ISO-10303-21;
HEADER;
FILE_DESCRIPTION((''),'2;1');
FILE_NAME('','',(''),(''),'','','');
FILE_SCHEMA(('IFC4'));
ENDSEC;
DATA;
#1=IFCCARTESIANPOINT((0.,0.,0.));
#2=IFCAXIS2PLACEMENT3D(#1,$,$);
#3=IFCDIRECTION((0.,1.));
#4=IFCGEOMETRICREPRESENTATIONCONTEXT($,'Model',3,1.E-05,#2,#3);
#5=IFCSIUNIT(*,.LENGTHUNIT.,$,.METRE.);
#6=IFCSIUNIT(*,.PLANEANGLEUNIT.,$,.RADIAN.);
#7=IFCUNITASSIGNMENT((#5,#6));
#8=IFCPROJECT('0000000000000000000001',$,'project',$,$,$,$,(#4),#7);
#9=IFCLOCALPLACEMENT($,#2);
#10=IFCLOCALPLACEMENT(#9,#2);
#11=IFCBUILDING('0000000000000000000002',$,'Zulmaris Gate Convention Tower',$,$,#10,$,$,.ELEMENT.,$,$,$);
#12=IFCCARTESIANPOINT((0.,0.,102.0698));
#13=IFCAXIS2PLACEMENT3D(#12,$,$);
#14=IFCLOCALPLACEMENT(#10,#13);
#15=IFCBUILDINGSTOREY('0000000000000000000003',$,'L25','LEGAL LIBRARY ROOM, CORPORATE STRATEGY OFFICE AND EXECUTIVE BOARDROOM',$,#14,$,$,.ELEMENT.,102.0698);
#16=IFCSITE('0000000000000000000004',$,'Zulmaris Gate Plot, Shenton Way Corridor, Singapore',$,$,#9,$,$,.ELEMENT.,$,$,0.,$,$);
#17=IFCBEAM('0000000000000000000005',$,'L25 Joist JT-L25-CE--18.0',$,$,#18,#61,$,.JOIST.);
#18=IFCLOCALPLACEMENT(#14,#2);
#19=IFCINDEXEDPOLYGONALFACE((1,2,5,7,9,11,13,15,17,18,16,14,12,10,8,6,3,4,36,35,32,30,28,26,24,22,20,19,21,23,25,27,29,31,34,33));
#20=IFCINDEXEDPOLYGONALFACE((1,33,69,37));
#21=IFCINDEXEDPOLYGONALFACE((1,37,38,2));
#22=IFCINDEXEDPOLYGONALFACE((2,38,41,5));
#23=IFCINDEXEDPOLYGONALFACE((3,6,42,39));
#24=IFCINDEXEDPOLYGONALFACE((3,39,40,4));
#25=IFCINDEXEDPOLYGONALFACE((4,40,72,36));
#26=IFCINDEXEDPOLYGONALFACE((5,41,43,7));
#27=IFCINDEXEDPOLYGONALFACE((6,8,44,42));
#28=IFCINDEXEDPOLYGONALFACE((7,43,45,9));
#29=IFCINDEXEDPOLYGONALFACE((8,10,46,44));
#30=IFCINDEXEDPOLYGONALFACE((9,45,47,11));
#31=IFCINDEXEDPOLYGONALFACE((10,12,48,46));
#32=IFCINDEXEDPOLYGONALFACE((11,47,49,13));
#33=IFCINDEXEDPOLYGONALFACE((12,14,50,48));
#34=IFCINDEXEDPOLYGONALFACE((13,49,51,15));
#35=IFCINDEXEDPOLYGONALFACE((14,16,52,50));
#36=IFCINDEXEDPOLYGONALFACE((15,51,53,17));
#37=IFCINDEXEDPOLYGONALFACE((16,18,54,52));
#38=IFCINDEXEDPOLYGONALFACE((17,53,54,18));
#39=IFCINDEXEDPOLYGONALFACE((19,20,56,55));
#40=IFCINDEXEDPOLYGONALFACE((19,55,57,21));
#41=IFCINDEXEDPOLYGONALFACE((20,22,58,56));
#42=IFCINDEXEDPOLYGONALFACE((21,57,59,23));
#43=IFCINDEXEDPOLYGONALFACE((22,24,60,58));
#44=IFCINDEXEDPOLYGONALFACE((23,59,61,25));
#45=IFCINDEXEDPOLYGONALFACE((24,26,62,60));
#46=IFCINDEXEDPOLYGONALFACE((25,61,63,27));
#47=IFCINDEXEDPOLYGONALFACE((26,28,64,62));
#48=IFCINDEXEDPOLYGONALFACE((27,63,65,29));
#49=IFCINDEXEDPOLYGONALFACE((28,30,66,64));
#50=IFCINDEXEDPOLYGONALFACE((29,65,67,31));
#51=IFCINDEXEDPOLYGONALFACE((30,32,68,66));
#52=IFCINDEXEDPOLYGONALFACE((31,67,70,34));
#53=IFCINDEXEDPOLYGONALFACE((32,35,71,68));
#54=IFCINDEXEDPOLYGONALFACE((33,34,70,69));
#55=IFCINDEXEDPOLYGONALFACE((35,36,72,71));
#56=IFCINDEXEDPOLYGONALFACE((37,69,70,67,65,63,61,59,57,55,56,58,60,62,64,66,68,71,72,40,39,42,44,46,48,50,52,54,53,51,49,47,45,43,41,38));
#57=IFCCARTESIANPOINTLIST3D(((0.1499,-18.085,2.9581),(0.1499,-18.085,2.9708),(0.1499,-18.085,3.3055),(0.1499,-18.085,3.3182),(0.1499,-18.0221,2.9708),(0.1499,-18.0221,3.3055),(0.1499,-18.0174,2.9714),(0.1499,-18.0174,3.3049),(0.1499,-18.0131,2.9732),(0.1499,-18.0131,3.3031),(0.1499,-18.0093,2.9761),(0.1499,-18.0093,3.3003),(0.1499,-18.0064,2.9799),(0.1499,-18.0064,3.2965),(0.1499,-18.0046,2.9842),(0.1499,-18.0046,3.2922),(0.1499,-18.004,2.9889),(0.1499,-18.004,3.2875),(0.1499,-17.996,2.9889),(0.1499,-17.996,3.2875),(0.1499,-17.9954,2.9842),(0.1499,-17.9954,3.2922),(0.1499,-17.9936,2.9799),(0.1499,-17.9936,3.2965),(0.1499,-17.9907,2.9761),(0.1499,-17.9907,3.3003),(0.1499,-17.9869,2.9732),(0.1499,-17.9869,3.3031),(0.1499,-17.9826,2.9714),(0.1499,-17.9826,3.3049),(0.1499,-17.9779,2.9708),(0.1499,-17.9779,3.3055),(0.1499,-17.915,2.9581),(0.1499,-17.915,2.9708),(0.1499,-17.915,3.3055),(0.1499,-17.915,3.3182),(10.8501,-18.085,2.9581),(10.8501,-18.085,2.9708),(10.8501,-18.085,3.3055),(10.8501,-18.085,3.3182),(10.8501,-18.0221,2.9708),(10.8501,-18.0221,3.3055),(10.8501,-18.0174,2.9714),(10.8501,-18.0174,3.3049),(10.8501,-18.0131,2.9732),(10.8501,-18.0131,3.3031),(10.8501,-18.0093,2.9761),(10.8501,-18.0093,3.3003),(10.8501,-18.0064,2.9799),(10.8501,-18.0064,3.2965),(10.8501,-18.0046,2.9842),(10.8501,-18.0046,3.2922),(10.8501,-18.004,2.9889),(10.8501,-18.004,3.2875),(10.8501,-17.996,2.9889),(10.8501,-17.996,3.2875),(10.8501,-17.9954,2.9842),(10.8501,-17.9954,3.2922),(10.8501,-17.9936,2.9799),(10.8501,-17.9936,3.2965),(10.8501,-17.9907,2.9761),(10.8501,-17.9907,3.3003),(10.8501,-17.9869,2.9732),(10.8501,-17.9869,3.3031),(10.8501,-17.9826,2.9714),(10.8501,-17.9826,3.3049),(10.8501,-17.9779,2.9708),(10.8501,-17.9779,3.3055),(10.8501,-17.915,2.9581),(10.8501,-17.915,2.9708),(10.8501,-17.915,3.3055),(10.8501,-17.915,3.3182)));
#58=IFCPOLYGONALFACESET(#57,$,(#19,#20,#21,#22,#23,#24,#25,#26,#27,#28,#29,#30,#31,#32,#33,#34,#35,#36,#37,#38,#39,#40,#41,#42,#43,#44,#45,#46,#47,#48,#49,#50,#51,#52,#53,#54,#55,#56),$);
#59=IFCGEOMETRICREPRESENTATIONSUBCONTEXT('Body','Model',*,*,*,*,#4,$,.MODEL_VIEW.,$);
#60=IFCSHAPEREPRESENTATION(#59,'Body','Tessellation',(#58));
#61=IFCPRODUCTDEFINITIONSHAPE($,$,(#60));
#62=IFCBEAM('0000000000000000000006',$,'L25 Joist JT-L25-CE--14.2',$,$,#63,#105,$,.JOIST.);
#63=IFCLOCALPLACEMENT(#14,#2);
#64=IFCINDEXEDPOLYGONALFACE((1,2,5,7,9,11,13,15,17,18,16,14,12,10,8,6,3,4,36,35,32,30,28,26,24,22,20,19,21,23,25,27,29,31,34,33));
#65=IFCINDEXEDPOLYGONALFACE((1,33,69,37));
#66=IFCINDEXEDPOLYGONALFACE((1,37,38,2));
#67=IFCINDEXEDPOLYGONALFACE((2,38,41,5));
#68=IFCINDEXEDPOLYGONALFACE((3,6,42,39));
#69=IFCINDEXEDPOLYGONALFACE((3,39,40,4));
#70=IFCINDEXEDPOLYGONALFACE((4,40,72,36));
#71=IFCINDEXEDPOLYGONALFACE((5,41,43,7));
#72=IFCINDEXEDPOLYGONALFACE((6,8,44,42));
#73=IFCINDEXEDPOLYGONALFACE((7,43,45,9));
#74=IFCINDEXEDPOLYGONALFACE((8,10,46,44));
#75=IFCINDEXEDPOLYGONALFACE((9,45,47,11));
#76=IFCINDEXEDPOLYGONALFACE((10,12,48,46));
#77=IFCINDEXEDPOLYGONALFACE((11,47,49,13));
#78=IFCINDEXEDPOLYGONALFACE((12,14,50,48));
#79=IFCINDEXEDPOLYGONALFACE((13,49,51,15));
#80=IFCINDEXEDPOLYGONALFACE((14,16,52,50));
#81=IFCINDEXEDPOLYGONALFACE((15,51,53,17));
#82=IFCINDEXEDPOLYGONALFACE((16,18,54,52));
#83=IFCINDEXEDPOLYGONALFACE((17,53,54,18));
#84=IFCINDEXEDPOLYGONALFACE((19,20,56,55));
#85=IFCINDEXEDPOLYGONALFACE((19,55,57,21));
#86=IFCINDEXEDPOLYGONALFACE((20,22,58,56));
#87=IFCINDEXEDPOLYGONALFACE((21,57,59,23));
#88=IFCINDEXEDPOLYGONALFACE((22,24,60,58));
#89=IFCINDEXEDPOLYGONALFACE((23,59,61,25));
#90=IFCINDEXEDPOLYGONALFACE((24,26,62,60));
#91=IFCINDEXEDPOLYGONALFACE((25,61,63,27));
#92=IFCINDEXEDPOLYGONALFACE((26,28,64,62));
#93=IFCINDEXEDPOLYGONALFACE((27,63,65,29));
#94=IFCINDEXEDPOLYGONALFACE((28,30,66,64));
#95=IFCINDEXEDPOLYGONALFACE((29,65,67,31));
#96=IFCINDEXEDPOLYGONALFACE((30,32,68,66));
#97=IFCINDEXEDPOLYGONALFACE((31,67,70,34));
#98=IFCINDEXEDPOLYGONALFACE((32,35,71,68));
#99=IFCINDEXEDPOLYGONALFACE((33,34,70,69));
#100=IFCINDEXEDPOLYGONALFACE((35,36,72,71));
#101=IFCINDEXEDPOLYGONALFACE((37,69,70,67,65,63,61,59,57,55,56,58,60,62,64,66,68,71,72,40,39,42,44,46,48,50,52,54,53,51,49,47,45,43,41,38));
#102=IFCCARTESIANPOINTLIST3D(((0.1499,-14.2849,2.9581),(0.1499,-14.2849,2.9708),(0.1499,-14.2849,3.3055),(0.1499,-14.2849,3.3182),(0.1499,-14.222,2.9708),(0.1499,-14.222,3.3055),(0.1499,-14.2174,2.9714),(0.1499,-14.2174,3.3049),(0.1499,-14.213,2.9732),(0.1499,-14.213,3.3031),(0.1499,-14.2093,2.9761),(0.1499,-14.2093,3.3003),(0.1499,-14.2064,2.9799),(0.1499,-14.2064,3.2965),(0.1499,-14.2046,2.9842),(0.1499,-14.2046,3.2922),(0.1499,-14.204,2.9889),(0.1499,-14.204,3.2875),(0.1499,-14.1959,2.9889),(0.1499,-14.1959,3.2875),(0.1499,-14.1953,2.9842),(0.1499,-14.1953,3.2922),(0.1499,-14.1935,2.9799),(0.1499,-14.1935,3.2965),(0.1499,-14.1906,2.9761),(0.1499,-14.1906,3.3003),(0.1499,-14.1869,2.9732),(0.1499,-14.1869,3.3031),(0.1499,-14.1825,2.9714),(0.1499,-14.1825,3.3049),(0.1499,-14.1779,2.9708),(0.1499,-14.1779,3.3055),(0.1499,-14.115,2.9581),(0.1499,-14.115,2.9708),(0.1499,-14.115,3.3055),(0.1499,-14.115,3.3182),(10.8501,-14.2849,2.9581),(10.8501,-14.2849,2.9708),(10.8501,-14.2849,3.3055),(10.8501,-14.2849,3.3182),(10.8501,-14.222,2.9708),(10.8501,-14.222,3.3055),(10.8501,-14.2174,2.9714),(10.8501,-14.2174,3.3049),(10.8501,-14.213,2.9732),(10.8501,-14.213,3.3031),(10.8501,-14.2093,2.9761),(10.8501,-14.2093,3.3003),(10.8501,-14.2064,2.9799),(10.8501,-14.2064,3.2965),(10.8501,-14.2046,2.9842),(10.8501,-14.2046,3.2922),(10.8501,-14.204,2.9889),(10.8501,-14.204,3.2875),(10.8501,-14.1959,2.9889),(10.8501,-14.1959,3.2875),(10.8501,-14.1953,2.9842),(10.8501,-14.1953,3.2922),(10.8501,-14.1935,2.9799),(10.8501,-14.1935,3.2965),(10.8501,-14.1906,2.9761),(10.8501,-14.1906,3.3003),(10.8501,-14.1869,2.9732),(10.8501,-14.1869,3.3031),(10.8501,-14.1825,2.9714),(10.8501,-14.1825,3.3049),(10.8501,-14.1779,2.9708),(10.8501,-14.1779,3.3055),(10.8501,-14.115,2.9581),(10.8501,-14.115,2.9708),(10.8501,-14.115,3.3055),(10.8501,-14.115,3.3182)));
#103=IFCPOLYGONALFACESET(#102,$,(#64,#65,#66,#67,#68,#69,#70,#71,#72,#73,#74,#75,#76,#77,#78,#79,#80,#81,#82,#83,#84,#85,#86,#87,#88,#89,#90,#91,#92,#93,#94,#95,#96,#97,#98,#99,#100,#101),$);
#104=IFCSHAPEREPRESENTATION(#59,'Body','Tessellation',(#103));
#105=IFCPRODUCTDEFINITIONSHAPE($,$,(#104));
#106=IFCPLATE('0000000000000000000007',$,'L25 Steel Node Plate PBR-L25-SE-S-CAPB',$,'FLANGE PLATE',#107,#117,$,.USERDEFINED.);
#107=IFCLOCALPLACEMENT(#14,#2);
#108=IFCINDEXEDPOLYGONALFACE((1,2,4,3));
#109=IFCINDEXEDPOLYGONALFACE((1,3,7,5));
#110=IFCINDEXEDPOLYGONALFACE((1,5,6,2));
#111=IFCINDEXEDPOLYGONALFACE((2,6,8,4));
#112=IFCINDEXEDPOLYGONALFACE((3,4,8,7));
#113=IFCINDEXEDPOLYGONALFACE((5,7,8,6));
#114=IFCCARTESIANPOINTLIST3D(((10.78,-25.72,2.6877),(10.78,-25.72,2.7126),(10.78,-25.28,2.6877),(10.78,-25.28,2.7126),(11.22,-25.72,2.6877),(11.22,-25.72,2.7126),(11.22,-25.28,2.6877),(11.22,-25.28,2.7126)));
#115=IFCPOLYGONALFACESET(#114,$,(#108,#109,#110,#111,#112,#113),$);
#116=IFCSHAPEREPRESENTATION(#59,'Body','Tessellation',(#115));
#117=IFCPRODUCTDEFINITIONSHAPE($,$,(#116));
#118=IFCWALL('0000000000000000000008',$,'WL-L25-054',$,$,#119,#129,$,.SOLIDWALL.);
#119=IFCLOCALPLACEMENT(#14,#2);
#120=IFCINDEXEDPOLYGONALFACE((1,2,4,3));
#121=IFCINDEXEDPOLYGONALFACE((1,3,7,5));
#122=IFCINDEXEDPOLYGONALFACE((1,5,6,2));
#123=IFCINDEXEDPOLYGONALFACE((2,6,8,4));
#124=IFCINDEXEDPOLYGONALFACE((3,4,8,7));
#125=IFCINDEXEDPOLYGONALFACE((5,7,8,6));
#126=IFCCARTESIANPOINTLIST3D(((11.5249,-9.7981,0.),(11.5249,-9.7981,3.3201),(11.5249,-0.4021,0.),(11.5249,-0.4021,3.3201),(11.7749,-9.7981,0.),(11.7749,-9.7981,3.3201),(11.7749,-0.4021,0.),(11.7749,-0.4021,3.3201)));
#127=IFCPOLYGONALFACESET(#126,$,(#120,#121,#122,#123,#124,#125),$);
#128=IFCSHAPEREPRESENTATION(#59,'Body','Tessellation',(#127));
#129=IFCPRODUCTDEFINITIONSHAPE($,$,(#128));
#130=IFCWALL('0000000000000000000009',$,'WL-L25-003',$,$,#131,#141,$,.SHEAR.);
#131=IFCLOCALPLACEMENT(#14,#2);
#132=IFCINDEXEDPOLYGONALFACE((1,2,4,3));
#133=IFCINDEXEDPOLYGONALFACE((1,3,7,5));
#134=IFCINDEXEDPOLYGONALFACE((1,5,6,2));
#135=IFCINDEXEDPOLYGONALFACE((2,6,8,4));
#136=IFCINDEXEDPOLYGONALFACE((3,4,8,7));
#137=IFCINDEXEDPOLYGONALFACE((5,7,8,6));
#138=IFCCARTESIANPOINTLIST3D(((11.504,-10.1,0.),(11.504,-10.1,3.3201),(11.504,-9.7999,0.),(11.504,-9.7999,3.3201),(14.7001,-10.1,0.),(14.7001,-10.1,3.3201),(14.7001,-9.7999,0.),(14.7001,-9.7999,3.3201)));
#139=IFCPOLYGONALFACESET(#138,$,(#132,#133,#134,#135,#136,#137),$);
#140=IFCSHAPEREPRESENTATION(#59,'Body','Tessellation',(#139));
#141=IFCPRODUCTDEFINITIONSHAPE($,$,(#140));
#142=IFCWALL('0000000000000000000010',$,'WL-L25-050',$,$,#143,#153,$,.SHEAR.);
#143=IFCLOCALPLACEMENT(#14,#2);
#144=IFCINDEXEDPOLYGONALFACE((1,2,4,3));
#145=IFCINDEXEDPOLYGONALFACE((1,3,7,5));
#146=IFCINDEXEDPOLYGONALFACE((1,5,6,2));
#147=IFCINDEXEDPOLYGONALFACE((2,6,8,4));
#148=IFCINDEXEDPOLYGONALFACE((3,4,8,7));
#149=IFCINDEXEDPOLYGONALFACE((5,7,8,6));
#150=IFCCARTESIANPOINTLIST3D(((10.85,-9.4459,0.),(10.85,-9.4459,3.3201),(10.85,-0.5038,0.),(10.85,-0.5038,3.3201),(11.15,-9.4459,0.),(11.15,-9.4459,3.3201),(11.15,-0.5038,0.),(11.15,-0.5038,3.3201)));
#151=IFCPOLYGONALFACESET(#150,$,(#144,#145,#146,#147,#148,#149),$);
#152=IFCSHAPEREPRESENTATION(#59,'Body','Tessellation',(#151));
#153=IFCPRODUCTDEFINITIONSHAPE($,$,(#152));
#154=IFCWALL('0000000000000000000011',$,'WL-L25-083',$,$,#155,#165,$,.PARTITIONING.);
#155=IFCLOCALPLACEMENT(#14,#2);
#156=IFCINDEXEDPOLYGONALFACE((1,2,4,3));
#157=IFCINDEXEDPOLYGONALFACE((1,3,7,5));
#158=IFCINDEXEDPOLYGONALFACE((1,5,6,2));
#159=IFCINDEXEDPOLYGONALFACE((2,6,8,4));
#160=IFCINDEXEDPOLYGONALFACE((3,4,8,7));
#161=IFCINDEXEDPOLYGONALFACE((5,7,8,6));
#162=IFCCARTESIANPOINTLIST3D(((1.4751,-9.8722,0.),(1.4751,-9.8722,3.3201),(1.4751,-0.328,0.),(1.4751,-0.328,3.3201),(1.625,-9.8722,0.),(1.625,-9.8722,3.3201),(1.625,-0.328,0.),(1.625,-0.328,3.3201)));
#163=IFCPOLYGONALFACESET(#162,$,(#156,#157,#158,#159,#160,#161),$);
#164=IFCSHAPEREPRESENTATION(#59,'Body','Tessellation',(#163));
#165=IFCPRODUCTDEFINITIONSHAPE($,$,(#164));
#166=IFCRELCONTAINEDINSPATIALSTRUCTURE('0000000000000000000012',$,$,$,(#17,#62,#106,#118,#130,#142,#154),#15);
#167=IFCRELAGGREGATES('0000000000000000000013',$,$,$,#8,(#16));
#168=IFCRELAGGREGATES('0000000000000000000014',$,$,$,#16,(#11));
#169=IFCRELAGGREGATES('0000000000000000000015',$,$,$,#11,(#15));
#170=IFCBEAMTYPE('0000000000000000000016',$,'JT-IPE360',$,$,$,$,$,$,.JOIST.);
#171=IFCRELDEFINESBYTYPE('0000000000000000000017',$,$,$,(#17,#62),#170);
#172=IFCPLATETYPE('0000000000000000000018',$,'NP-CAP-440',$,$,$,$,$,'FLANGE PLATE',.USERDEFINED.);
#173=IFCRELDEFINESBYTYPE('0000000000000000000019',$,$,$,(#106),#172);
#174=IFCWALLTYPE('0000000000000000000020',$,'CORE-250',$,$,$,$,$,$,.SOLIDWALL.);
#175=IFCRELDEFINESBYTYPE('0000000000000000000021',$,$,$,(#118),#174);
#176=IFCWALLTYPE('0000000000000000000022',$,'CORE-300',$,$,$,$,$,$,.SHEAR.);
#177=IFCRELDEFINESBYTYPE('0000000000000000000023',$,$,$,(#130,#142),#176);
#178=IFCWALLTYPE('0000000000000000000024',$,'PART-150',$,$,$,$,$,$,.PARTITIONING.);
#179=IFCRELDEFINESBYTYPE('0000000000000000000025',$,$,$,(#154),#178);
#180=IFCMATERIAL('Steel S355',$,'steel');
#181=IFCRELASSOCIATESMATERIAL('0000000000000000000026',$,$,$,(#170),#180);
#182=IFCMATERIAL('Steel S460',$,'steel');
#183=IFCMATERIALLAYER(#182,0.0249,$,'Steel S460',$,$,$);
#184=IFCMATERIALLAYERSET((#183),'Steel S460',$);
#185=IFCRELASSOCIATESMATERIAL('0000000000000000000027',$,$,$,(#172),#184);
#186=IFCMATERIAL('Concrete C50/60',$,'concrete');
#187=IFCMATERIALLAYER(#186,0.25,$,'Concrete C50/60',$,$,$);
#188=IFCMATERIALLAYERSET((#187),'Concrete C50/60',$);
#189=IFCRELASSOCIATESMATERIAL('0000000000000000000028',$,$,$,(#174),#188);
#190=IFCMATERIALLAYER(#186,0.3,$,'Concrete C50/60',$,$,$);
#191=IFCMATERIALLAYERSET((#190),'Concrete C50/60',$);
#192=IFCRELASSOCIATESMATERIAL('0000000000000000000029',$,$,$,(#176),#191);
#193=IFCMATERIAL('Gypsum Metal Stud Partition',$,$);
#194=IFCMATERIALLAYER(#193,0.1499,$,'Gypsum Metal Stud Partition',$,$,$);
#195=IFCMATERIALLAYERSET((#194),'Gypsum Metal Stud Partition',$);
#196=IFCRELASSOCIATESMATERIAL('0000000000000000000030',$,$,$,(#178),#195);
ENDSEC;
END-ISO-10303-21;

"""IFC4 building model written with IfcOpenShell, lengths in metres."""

from ifc_helpers import new_model, si_unit, direction, frame, frame_2d, origin, origin_2d, place, context, subcontext, project, spatial, rectangle, i_section, extrude, material, layer, layer_set, material_profile, profile_set, type_object, element, save


model = new_model("IFC4")

# Units and contexts
model_context = context("Model", 3, precision=1e-05, world=origin(), true_north=direction((0.0, 1.0)))
body_context = subcontext(model_context, "Body", "Model", "MODEL_VIEW")
ifc_project = project(units=[si_unit("LENGTHUNIT", "METRE"), si_unit("PLANEANGLEUNIT", "RADIAN")], contexts=[model_context])

# Site, building, storey
site_placement = place(None, origin())
site = spatial("IfcSite", under=ifc_project, at=site_placement, Name="Zulmaris Gate Plot, Shenton Way Corridor, Singapore", CompositionType="ELEMENT", RefElevation=0.0)
building_placement = place(site_placement, origin())
building = spatial("IfcBuilding", under=site, at=building_placement, Name="Zulmaris Gate Convention Tower", CompositionType="ELEMENT")
storey_placement = place(building_placement, frame((0.0, 0.0, 102.0698)))
storey = spatial("IfcBuildingStorey", under=building, at=storey_placement, Name="L25", Description="LEGAL LIBRARY ROOM, CORPORATE STRATEGY OFFICE AND EXECUTIVE BOARDROOM", CompositionType="ELEMENT", Elevation=102.0698)

# Beams
ifc_material_1 = material(Name="Steel S355", Category="steel")
ifc_material_profile_1 = material_profile(ifc_material_1, i_section(OverallWidth=0.1699, OverallDepth=0.3601, WebThickness=0.0081, FlangeThickness=0.0127, FilletRadius=0.0181, at=origin_2d()), Name="IPE 360")
ifc_profile_set_1 = profile_set([ifc_material_profile_1], Name="Steel S355")
beam_type_1 = type_object("IfcBeamType", Name="JT-IPE360", PredefinedType="JOIST", material=ifc_profile_set_1)
for number, where, z_axis, x_axis, name in (
    (1, (0.1499, -18.0, 3.1382), (1.0, 0.0, 0.0), (0.0, 1.0, 0.0), "L25 Joist JT-L25-CE--18.0"),
    (2, (0.1499, -14.2, 3.1382), (1.0, 0.0, 0.0), (0.0, 1.0, 0.0), "L25 Joist JT-L25-CE--14.2"),
):
    element("IfcBeam", number, at=place(storey_placement, frame(where, z_axis=z_axis, x_axis=x_axis)), inside=storey, type_object=beam_type_1, Name=name, PredefinedType="JOIST", context=body_context, shape_type="SweptSolid", body=[
        extrude(i_section(OverallWidth=0.1699, OverallDepth=0.3601, WebThickness=0.0081, FlangeThickness=0.0127, FilletRadius=0.0181, at=origin_2d()), origin(), (0.0, 0.0, 1.0), 10.7002),
    ])

# Plate
ifc_material_2 = material(Name="Steel S460", Category="steel")
ifc_layer_1 = layer(ifc_material_2, 0.0249, Name="Steel S460")
ifc_layer_set_1 = layer_set([ifc_layer_1], Name="Steel S460")
plate_type = type_object("IfcPlateType", Name="NP-CAP-440", ElementType="FLANGE PLATE", PredefinedType="USERDEFINED", material=ifc_layer_set_1)
plate_placement = place(storey_placement, frame((11.0, -25.5, 2.6877), z_axis=(0.0, 0.0, 1.0), x_axis=(1.0, 0.0, 0.0)))
element("IfcPlate", 3, at=plate_placement, inside=storey, type_object=plate_type, Name="L25 Steel Node Plate PBR-L25-SE-S-CAPB", ObjectType="FLANGE PLATE", PredefinedType="USERDEFINED", context=body_context, shape_type="SweptSolid", body=[
    extrude(rectangle(XDim=0.4399, YDim=0.4399, at=origin_2d()), origin(), (0.0, 0.0, 1.0), 0.0249),
])

# Walls
ifc_material_3 = material(Name="Concrete C50/60", Category="concrete")
ifc_layer_2 = layer(ifc_material_3, 0.25, Name="Concrete C50/60")
ifc_layer_set_2 = layer_set([ifc_layer_2], Name="Concrete C50/60")
wall_type_1 = type_object("IfcWallType", Name="CORE-250", PredefinedType="SOLIDWALL", material=ifc_layer_set_2)
wall_1_placement = place(storey_placement, frame((11.6499, -9.7981, 0.0), z_axis=(0.0, 0.0, 1.0), x_axis=(0.0, 1.0, 0.0)))
element("IfcWall", 4, at=wall_1_placement, inside=storey, type_object=wall_type_1, Name="WL-L25-054", PredefinedType="SOLIDWALL", context=body_context, shape_type="SweptSolid", body=[
    extrude(rectangle(XDim=9.396, YDim=0.25, at=frame_2d((4.698, 0.0))), origin(), (0.0, 0.0, 1.0), 3.3201),
])
ifc_layer_3 = layer(ifc_material_3, 0.3, Name="Concrete C50/60")
ifc_layer_set_3 = layer_set([ifc_layer_3], Name="Concrete C50/60")
wall_type_2 = type_object("IfcWallType", Name="CORE-300", PredefinedType="SHEAR", material=ifc_layer_set_3)
wall_2_placement = place(storey_placement, frame((11.5039, -9.95, 0.0), z_axis=(0.0, 0.0, 1.0), x_axis=(1.0, 0.0, 0.0)))
element("IfcWall", 5, at=wall_2_placement, inside=storey, type_object=wall_type_2, Name="WL-L25-003", PredefinedType="SHEAR", context=body_context, shape_type="SweptSolid", body=[
    extrude(rectangle(XDim=3.196, YDim=0.3, at=frame_2d((1.5981, 0.0))), origin(), (0.0, 0.0, 1.0), 3.3201),
])
wall_3_placement = place(storey_placement, frame((11.0, -9.446, 0.0), z_axis=(0.0, 0.0, 1.0), x_axis=(0.0, 1.0, 0.0)))
element("IfcWall", 6, at=wall_3_placement, inside=storey, type_object=wall_type_2, Name="WL-L25-050", PredefinedType="SHEAR", context=body_context, shape_type="SweptSolid", body=[
    extrude(rectangle(XDim=8.9421, YDim=0.3, at=frame_2d((4.4712, 0.0))), origin(), (0.0, 0.0, 1.0), 3.3201),
])
ifc_material_4 = material(Name="Gypsum Metal Stud Partition")
ifc_layer_4 = layer(ifc_material_4, 0.1499, Name="Gypsum Metal Stud Partition")
ifc_layer_set_4 = layer_set([ifc_layer_4], Name="Gypsum Metal Stud Partition")
wall_type_3 = type_object("IfcWallType", Name="PART-150", PredefinedType="PARTITIONING", material=ifc_layer_set_4)
wall_4_placement = place(storey_placement, frame((1.55, -9.8721, 0.0), z_axis=(0.0, 0.0, 1.0), x_axis=(0.0, 1.0, 0.0)))
element("IfcWall", 7, at=wall_4_placement, inside=storey, type_object=wall_type_3, Name="WL-L25-083", PredefinedType="PARTITIONING", context=body_context, shape_type="SweptSolid", body=[
    extrude(rectangle(XDim=9.5442, YDim=0.1499, at=frame_2d((4.772, 0.0))), origin(), (0.0, 0.0, 1.0), 3.3201),
])

save(model, "model.ifc")
